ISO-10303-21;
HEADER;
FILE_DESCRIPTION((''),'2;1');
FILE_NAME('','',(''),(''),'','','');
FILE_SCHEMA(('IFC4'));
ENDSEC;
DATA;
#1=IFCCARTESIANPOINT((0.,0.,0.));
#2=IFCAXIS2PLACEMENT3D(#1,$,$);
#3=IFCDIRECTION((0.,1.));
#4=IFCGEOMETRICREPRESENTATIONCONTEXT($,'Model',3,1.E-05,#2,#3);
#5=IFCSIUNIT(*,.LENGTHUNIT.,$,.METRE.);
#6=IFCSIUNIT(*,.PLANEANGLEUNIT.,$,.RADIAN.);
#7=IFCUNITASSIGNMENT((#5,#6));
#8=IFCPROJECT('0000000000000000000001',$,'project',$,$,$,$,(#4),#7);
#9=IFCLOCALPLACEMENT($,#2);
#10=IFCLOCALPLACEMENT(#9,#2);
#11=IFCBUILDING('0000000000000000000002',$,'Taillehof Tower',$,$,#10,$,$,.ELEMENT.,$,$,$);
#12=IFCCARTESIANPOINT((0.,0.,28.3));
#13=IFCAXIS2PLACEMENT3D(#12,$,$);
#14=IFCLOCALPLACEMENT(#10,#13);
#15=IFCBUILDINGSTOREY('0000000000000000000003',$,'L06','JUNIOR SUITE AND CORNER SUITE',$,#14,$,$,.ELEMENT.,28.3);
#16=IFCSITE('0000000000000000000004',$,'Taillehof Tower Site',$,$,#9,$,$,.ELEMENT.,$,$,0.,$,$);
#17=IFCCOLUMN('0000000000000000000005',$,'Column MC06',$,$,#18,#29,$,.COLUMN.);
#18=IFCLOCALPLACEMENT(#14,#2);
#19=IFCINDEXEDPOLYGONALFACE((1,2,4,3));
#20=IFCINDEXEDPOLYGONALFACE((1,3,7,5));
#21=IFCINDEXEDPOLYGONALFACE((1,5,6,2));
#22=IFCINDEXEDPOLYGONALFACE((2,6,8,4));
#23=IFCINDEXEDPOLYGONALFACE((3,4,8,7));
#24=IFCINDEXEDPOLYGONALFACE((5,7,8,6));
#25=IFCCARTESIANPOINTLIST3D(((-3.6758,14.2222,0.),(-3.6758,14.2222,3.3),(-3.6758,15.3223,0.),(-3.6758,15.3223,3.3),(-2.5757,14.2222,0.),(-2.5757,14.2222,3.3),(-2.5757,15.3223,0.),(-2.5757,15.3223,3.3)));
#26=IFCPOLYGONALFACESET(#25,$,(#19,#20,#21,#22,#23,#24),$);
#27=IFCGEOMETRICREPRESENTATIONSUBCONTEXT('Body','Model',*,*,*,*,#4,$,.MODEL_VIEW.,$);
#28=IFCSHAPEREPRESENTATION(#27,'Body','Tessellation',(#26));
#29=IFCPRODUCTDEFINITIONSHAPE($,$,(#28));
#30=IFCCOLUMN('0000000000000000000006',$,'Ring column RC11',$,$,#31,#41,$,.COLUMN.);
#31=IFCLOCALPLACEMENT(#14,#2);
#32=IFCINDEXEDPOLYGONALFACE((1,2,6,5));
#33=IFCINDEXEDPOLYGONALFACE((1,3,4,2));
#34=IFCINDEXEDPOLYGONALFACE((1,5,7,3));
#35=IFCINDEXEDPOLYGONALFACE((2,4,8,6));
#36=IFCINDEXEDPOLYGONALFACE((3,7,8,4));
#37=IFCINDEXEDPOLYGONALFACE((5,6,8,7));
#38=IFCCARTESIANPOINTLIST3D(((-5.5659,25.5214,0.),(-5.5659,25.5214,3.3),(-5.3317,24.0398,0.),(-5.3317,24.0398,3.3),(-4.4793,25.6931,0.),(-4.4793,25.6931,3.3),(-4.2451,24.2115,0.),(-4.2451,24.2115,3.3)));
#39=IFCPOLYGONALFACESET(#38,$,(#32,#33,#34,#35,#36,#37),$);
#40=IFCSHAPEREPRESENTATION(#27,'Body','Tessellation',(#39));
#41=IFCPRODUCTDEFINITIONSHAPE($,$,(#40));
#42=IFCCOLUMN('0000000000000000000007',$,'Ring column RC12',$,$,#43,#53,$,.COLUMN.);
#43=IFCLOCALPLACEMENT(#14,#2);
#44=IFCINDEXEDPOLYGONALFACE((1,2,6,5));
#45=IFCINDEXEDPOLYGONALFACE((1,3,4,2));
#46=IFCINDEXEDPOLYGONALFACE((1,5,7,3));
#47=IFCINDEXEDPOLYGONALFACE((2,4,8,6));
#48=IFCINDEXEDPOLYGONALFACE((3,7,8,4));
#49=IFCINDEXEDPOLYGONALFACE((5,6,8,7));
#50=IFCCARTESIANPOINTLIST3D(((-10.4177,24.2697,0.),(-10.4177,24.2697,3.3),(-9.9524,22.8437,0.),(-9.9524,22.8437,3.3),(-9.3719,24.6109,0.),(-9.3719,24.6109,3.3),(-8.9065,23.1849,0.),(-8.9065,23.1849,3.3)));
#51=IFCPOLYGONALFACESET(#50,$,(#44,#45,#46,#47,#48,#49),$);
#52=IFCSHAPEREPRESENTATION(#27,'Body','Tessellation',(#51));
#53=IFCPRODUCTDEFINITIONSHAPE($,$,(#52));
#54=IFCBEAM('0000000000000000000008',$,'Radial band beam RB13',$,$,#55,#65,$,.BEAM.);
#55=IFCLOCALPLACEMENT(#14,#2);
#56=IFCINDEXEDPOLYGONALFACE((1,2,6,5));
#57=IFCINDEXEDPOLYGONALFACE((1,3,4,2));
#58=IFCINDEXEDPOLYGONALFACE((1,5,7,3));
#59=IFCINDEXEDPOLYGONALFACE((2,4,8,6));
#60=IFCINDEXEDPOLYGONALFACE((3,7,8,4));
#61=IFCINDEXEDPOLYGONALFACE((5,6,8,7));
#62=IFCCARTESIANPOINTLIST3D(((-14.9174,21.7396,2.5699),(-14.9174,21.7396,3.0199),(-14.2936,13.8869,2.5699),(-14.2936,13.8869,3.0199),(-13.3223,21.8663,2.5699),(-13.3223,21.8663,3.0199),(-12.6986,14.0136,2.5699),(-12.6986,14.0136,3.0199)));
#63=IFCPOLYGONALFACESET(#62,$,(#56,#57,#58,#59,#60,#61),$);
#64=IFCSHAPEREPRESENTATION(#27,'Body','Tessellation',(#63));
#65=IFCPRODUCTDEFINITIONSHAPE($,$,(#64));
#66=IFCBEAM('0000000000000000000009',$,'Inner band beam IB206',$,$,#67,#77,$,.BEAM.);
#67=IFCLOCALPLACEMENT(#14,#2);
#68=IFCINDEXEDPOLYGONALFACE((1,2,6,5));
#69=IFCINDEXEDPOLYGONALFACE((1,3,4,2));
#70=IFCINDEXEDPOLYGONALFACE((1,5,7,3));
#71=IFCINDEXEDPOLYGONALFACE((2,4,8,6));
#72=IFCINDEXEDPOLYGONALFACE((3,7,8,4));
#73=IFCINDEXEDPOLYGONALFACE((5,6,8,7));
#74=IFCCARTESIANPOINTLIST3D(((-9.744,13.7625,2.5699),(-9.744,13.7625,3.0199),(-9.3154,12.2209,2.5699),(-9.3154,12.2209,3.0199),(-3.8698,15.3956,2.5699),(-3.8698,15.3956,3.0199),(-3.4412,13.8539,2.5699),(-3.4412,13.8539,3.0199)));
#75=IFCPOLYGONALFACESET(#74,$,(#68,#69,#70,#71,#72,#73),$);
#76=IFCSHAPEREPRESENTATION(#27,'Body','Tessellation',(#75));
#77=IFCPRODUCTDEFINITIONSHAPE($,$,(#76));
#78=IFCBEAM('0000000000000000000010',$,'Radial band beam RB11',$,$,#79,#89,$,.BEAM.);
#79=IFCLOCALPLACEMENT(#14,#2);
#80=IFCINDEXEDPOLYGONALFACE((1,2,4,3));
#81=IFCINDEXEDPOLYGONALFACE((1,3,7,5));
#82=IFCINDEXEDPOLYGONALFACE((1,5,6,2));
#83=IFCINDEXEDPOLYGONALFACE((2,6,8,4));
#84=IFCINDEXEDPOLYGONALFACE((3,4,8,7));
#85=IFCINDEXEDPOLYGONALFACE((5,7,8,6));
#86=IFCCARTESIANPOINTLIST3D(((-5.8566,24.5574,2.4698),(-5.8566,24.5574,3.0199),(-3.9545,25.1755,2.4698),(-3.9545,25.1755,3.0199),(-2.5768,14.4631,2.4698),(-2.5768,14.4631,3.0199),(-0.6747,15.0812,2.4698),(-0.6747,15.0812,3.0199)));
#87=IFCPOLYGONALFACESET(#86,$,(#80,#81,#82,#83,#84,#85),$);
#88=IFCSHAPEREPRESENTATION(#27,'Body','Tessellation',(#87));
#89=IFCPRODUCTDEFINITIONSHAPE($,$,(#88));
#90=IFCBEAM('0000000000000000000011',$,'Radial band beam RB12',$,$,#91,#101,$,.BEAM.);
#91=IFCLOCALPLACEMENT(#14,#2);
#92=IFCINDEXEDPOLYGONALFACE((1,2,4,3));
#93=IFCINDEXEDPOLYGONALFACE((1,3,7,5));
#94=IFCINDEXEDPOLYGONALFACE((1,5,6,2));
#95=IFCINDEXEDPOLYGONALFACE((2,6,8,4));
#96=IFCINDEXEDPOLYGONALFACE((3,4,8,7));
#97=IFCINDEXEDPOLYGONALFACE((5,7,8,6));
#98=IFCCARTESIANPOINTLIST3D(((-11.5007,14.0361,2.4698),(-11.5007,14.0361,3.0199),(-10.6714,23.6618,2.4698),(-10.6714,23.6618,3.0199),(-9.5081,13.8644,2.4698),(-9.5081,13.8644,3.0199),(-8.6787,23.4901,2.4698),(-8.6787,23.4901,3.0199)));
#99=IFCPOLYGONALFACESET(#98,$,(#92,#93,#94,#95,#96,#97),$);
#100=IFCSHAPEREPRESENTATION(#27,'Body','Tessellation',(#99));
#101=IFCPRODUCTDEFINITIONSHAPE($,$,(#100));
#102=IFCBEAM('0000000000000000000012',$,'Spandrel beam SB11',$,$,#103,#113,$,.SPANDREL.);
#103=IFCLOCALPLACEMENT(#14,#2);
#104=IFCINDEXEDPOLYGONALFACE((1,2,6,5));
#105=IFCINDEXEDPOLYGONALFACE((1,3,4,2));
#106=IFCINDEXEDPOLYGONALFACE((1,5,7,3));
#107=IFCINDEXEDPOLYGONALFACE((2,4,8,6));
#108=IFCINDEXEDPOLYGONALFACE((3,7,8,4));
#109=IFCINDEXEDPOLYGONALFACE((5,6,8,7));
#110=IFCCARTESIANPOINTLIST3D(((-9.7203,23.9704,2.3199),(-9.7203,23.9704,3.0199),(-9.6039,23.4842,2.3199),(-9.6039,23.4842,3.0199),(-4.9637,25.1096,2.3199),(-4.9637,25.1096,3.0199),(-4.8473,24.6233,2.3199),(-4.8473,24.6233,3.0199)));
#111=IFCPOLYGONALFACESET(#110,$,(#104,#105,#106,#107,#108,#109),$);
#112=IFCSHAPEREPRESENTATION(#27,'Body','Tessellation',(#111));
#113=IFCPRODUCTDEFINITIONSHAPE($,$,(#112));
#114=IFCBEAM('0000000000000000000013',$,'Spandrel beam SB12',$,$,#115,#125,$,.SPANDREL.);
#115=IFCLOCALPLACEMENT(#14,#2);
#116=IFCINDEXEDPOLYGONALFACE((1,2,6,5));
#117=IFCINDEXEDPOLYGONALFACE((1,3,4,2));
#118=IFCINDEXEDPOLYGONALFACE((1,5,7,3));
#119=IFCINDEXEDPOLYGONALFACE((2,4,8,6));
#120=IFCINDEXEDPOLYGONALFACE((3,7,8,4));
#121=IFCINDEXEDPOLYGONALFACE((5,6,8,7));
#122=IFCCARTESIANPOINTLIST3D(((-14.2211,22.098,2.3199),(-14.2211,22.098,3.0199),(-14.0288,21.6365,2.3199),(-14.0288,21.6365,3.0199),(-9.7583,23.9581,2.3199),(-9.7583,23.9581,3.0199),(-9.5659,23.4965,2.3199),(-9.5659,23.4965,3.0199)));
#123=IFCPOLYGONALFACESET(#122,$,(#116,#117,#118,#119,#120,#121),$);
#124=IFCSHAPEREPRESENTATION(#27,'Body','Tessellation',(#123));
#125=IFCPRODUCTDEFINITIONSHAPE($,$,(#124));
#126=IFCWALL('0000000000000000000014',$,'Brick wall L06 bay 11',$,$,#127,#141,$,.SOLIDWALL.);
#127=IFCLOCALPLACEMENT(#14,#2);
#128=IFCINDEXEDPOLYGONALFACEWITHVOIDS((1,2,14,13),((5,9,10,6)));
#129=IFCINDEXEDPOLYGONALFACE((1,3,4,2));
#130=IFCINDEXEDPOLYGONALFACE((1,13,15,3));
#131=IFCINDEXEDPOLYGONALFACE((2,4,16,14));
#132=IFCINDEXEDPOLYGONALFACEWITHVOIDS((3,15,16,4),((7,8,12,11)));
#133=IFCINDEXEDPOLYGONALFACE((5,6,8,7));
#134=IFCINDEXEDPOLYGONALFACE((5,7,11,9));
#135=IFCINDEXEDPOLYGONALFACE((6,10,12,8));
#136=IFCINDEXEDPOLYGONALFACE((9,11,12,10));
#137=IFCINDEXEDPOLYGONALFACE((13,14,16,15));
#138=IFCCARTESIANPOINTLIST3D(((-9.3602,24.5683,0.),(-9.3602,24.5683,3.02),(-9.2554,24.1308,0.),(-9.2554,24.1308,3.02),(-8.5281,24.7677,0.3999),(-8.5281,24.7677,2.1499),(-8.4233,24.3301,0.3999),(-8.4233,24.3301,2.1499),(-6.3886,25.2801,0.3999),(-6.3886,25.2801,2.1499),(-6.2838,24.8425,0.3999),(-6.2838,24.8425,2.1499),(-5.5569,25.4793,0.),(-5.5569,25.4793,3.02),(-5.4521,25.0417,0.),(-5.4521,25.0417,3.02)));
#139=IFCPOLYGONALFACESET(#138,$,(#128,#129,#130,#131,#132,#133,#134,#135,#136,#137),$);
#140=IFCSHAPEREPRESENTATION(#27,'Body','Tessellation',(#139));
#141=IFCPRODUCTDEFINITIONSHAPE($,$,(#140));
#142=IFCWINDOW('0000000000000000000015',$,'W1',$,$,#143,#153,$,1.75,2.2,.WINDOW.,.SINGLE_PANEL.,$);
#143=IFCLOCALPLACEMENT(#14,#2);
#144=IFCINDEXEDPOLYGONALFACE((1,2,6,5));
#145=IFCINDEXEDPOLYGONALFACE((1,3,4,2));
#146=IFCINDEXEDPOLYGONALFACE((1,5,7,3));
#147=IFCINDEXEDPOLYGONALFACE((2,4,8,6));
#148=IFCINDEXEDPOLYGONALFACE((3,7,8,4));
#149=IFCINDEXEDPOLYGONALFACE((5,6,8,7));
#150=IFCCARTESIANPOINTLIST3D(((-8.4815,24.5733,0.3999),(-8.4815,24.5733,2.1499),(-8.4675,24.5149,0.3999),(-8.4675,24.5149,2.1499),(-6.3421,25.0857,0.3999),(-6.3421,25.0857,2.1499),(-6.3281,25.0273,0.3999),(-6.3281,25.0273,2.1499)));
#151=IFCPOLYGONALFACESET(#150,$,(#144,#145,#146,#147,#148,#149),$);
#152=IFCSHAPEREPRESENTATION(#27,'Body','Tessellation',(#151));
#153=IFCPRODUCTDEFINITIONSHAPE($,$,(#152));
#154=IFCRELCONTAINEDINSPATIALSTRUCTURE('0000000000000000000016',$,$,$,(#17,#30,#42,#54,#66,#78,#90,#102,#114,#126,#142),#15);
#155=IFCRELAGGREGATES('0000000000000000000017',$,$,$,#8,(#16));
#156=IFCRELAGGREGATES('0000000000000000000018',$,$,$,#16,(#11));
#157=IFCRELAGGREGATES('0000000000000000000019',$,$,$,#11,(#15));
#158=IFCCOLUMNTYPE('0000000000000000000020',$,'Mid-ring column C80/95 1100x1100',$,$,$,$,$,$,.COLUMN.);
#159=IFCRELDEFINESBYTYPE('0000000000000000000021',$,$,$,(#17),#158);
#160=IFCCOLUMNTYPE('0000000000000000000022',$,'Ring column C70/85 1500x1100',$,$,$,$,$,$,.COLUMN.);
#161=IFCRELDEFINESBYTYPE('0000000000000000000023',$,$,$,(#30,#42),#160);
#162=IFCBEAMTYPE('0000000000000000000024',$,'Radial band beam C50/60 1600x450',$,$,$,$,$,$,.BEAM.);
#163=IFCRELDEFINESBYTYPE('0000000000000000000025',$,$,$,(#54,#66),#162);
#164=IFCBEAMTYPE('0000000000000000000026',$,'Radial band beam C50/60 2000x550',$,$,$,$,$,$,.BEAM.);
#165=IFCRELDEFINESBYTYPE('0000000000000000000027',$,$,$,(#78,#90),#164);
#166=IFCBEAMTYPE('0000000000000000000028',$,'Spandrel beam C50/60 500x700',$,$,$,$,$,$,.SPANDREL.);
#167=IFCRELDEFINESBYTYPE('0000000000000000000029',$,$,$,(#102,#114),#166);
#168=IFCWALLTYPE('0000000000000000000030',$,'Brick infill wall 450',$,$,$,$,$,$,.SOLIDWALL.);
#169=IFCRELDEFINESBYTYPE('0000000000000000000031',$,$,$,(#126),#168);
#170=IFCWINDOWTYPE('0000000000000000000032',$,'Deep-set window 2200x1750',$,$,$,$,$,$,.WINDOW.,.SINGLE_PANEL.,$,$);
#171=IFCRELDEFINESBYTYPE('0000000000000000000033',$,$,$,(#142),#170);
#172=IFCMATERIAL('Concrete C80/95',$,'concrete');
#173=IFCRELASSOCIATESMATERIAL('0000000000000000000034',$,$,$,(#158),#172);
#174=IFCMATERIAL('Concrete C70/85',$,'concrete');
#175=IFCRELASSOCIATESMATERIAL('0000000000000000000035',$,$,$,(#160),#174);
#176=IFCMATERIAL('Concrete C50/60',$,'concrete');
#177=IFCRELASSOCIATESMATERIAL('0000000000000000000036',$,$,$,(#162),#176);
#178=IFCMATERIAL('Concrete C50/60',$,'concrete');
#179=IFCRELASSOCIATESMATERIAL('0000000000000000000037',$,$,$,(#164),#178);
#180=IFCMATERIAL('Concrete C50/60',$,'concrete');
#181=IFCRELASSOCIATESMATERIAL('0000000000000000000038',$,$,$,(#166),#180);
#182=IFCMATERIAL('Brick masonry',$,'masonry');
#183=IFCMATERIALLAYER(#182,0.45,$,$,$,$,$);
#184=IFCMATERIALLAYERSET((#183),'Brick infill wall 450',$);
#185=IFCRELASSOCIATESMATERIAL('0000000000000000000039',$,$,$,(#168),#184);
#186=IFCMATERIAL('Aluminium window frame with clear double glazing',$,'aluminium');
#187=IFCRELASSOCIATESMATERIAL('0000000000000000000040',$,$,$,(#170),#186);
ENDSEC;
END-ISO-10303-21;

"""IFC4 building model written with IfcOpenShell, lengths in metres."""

from ifc_helpers import new_model, si_unit, direction, frame, frame_2d, origin, origin_2d, place, context, subcontext, project, spatial, rectangle, extrude, material, layer, layer_set, material_profile, profile_set, type_object, element, fill, save


model = new_model("IFC4")

# Units and contexts
model_context = context("Model", 3, precision=1e-05, world=origin(), true_north=direction((0.0, 1.0)))
body_context = subcontext(model_context, "Body", "Model", "MODEL_VIEW")
ifc_project = project(units=[si_unit("LENGTHUNIT", "METRE"), si_unit("PLANEANGLEUNIT", "RADIAN")], contexts=[model_context])

# Site, building, storey
site_placement = place(None, origin())
site = spatial("IfcSite", under=ifc_project, at=site_placement, Name="Taillehof Tower Site", CompositionType="ELEMENT", RefElevation=0.0)
building_placement = place(site_placement, origin())
building = spatial("IfcBuilding", under=site, at=building_placement, Name="Taillehof Tower", CompositionType="ELEMENT")
storey_placement = place(building_placement, frame((0.0, 0.0, 28.3)))
storey = spatial("IfcBuildingStorey", under=building, at=storey_placement, Name="L06", Description="JUNIOR SUITE AND CORNER SUITE", CompositionType="ELEMENT", Elevation=28.3)

# Columns
ifc_material_1 = material(Name="Concrete C80/95", Category="concrete")
ifc_material_profile_1 = material_profile(ifc_material_1, rectangle(XDim=1.1001, YDim=1.1001, at=origin_2d()), Name="RC 1100x1100")
ifc_profile_set_1 = profile_set([ifc_material_profile_1], Name="Concrete C80/95")
column_type_1 = type_object("IfcColumnType", Name="Mid-ring column C80/95 1100x1100", PredefinedType="COLUMN", material=ifc_profile_set_1)
column_placement = place(storey_placement, frame((-3.1257, 14.7722, 0.0), z_axis=(0.0, 0.0, 1.0), x_axis=(1.0, 0.0, 0.0)))
element("IfcColumn", 1, at=column_placement, inside=storey, type_object=column_type_1, Name="Column MC06", PredefinedType="COLUMN", context=body_context, shape_type="SweptSolid", body=[
    extrude(rectangle(XDim=1.1001, YDim=1.1001, at=origin_2d()), origin(), (0.0, 0.0, 1.0), 3.3),
])
ifc_material_2 = material(Name="Concrete C70/85", Category="concrete")
ifc_material_profile_2 = material_profile(ifc_material_2, rectangle(XDim=1.5, YDim=1.1001, at=origin_2d()), Name="RC 1500x1100")
ifc_profile_set_2 = profile_set([ifc_material_profile_2], Name="Concrete C70/85")
column_type_2 = type_object("IfcColumnType", Name="Ring column C70/85 1500x1100", PredefinedType="COLUMN", material=ifc_profile_set_2)
for number, where, z_axis, x_axis, name in (
    (2, (-4.9055, 24.8665, 0.0), (0.0, 0.0, 1.0), (-0.156147, 0.987734, 0.0), "Ring column RC11"),
    (3, (-9.6621, 23.7273, 0.0), (0.0, 0.0, 1.0), (-0.310219, 0.950665, 0.0), "Ring column RC12"),
):
    element("IfcColumn", number, at=place(storey_placement, frame(where, z_axis=z_axis, x_axis=x_axis)), inside=storey, type_object=column_type_2, Name=name, PredefinedType="COLUMN", context=body_context, shape_type="SweptSolid", body=[
        extrude(rectangle(XDim=1.5, YDim=1.1001, at=origin_2d()), origin(), (0.0, 0.0, 1.0), 3.3),
    ])

# Beams
ifc_material_3 = material(Name="Concrete C50/60", Category="concrete")
ifc_material_profile_3 = material_profile(ifc_material_3, rectangle(XDim=1.6001, YDim=0.45, at=origin_2d()), Name="RC 1600x450")
ifc_profile_set_3 = profile_set([ifc_material_profile_3], Name="Concrete C50/60")
beam_type_1 = type_object("IfcBeamType", Name="Radial band beam C50/60 1600x450", PredefinedType="BEAM", material=ifc_profile_set_3)
beam_1_placement = place(storey_placement, frame((-14.1199, 21.803, 2.7949), z_axis=(0.079185, -0.99686, 0.0), x_axis=(0.99686, 0.079185, 0.0)))
element("IfcBeam", 4, at=beam_1_placement, inside=storey, type_object=beam_type_1, Name="Radial band beam RB13", PredefinedType="BEAM", context=body_context, shape_type="SweptSolid", body=[
    extrude(rectangle(XDim=1.6001, YDim=0.45, at=origin_2d()), origin(), (0.0, 0.0, 1.0), 7.8774),
])
beam_2_placement = place(storey_placement, frame((-3.6555, 14.6248, 2.7949), z_axis=(-0.963459, -0.267855, 0.0), x_axis=(0.267855, -0.963459, 0.0)))
element("IfcBeam", 5, at=beam_2_placement, inside=storey, type_object=beam_type_1, Name="Inner band beam IB206", PredefinedType="BEAM", context=body_context, shape_type="SweptSolid", body=[
    extrude(rectangle(XDim=1.6001, YDim=0.45, at=origin_2d()), origin(), (0.0, 0.0, 1.0), 6.0969),
])
ifc_material_4 = material(Name="Concrete C50/60", Category="concrete")
ifc_material_profile_4 = material_profile(ifc_material_4, rectangle(XDim=2.0, YDim=0.55, at=origin_2d()), Name="RC 2000x550")
ifc_profile_set_4 = profile_set([ifc_material_profile_4], Name="Concrete C50/60")
beam_type_2 = type_object("IfcBeamType", Name="Radial band beam C50/60 2000x550", PredefinedType="BEAM", material=ifc_profile_set_4)
beam_3_placement = place(storey_placement, frame((-4.9055, 24.8665, 2.7449), z_axis=(0.309014, -0.951057, 0.0), x_axis=(0.951057, 0.309014, 0.0)))
element("IfcBeam", 6, at=beam_3_placement, inside=storey, type_object=beam_type_2, Name="Radial band beam RB11", PredefinedType="BEAM", context=body_context, shape_type="SweptSolid", body=[
    extrude(rectangle(XDim=2.0, YDim=0.55, at=origin_2d()), origin(), (0.0, 0.0, 1.0), 10.6138),
])
beam_4_placement = place(storey_placement, frame((-9.675, 23.5759, 2.7449), z_axis=(-0.085841, -0.996309, 0.0), x_axis=(0.996309, -0.085841, 0.0)))
element("IfcBeam", 7, at=beam_4_placement, inside=storey, type_object=beam_type_2, Name="Radial band beam RB12", PredefinedType="BEAM", context=body_context, shape_type="SweptSolid", body=[
    extrude(rectangle(XDim=2.0, YDim=0.55, at=origin_2d()), origin(), (0.0, 0.0, 1.0), 9.6614),
])
ifc_material_5 = material(Name="Concrete C50/60", Category="concrete")
ifc_material_profile_5 = material_profile(ifc_material_5, rectangle(XDim=0.5, YDim=0.7, at=origin_2d()), Name="RC 500x700")
ifc_profile_set_5 = profile_set([ifc_material_profile_5], Name="Concrete C50/60")
beam_type_3 = type_object("IfcBeamType", Name="Spandrel beam C50/60 500x700", PredefinedType="SPANDREL", material=ifc_profile_set_5)
beam_5_placement = place(storey_placement, frame((-4.9055, 24.8665, 2.6699), z_axis=(-0.9725, -0.232905, 0.0), x_axis=(0.232905, -0.9725, 0.0)))
element("IfcBeam", 8, at=beam_5_placement, inside=storey, type_object=beam_type_3, Name="Spandrel beam SB11", PredefinedType="SPANDREL", context=body_context, shape_type="SweptSolid", body=[
    extrude(rectangle(XDim=0.5, YDim=0.7, at=origin_2d()), origin(), (0.0, 0.0, 1.0), 4.8911),
])
beam_6_placement = place(storey_placement, frame((-9.6621, 23.7273, 2.6699), z_axis=(-0.923035, -0.384716, 0.0), x_axis=(0.384716, -0.923035, 0.0)))
element("IfcBeam", 9, at=beam_6_placement, inside=storey, type_object=beam_type_3, Name="Spandrel beam SB12", PredefinedType="SPANDREL", context=body_context, shape_type="SweptSolid", body=[
    extrude(rectangle(XDim=0.5, YDim=0.7, at=origin_2d()), origin(), (0.0, 0.0, 1.0), 4.835),
])

# Wall, opening, window
ifc_material_6 = material(Name="Brick masonry", Category="masonry")
ifc_layer_1 = layer(ifc_material_6, 0.45)
ifc_layer_set_1 = layer_set([ifc_layer_1], Name="Brick infill wall 450")
wall_type_1 = type_object("IfcWallType", Name="Brick infill wall 450", PredefinedType="SOLIDWALL", material=ifc_layer_set_1)
wall_1_placement = place(storey_placement, frame((-5.5044, 25.2605, 0.0), z_axis=(0.0, 0.0, 1.0), x_axis=(-0.972497, -0.232917, 0.0)))
wall_1 = element("IfcWall", 10, at=wall_1_placement, inside=storey, type_object=wall_type_1, Name="Brick wall L06 bay 11", PredefinedType="SOLIDWALL", context=body_context, shape_type="SweptSolid", body=[
    extrude(rectangle(XDim=3.9109, YDim=0.45, at=frame_2d((1.9556, 0.0))), origin(), (0.0, 0.0, 1.0), 3.02),
])
opening_1_placement = place(wall_1_placement, frame((0.8552, 0.0, 0.3999)))
opening_1 = element("IfcOpeningElement", 11, at=opening_1_placement, cuts=wall_1, PredefinedType="OPENING", context=body_context, shape_type="SweptSolid", body=[
    extrude(rectangle(XDim=2.2, YDim=1.75, at=frame_2d((1.1001, 0.875))), frame((0.0, 0.2349, 0.0), z_axis=(0.0, -1.0, 0.0), x_axis=(1.0, 0.0, 0.0)), (0.0, 0.0, 1.0), 0.47),
])
ifc_material_7 = material(Name="Aluminium window frame with clear double glazing", Category="aluminium")
window_type = type_object("IfcWindowType", Name="Deep-set window 2200x1750", PartitioningType="SINGLE_PANEL", PredefinedType="WINDOW", material=ifc_material_7)
window_1_placement = place(opening_1_placement, origin())
window_1 = element("IfcWindow", 12, at=window_1_placement, inside=storey, type_object=window_type, Name="W1", OverallHeight=1.75, OverallWidth=2.2, PartitioningType="SINGLE_PANEL", PredefinedType="WINDOW", context=body_context, shape_type="SweptSolid", body=[
    extrude(rectangle(XDim=2.2, YDim=1.75, at=frame_2d((1.1001, 0.875))), frame((0.0, 0.0349, 0.0), z_axis=(0.0, -1.0, 0.0), x_axis=(1.0, 0.0, 0.0)), (0.0, 0.0, 1.0), 0.0601),
])
fill(opening_1, window_1)

save(model, "model.ifc")
